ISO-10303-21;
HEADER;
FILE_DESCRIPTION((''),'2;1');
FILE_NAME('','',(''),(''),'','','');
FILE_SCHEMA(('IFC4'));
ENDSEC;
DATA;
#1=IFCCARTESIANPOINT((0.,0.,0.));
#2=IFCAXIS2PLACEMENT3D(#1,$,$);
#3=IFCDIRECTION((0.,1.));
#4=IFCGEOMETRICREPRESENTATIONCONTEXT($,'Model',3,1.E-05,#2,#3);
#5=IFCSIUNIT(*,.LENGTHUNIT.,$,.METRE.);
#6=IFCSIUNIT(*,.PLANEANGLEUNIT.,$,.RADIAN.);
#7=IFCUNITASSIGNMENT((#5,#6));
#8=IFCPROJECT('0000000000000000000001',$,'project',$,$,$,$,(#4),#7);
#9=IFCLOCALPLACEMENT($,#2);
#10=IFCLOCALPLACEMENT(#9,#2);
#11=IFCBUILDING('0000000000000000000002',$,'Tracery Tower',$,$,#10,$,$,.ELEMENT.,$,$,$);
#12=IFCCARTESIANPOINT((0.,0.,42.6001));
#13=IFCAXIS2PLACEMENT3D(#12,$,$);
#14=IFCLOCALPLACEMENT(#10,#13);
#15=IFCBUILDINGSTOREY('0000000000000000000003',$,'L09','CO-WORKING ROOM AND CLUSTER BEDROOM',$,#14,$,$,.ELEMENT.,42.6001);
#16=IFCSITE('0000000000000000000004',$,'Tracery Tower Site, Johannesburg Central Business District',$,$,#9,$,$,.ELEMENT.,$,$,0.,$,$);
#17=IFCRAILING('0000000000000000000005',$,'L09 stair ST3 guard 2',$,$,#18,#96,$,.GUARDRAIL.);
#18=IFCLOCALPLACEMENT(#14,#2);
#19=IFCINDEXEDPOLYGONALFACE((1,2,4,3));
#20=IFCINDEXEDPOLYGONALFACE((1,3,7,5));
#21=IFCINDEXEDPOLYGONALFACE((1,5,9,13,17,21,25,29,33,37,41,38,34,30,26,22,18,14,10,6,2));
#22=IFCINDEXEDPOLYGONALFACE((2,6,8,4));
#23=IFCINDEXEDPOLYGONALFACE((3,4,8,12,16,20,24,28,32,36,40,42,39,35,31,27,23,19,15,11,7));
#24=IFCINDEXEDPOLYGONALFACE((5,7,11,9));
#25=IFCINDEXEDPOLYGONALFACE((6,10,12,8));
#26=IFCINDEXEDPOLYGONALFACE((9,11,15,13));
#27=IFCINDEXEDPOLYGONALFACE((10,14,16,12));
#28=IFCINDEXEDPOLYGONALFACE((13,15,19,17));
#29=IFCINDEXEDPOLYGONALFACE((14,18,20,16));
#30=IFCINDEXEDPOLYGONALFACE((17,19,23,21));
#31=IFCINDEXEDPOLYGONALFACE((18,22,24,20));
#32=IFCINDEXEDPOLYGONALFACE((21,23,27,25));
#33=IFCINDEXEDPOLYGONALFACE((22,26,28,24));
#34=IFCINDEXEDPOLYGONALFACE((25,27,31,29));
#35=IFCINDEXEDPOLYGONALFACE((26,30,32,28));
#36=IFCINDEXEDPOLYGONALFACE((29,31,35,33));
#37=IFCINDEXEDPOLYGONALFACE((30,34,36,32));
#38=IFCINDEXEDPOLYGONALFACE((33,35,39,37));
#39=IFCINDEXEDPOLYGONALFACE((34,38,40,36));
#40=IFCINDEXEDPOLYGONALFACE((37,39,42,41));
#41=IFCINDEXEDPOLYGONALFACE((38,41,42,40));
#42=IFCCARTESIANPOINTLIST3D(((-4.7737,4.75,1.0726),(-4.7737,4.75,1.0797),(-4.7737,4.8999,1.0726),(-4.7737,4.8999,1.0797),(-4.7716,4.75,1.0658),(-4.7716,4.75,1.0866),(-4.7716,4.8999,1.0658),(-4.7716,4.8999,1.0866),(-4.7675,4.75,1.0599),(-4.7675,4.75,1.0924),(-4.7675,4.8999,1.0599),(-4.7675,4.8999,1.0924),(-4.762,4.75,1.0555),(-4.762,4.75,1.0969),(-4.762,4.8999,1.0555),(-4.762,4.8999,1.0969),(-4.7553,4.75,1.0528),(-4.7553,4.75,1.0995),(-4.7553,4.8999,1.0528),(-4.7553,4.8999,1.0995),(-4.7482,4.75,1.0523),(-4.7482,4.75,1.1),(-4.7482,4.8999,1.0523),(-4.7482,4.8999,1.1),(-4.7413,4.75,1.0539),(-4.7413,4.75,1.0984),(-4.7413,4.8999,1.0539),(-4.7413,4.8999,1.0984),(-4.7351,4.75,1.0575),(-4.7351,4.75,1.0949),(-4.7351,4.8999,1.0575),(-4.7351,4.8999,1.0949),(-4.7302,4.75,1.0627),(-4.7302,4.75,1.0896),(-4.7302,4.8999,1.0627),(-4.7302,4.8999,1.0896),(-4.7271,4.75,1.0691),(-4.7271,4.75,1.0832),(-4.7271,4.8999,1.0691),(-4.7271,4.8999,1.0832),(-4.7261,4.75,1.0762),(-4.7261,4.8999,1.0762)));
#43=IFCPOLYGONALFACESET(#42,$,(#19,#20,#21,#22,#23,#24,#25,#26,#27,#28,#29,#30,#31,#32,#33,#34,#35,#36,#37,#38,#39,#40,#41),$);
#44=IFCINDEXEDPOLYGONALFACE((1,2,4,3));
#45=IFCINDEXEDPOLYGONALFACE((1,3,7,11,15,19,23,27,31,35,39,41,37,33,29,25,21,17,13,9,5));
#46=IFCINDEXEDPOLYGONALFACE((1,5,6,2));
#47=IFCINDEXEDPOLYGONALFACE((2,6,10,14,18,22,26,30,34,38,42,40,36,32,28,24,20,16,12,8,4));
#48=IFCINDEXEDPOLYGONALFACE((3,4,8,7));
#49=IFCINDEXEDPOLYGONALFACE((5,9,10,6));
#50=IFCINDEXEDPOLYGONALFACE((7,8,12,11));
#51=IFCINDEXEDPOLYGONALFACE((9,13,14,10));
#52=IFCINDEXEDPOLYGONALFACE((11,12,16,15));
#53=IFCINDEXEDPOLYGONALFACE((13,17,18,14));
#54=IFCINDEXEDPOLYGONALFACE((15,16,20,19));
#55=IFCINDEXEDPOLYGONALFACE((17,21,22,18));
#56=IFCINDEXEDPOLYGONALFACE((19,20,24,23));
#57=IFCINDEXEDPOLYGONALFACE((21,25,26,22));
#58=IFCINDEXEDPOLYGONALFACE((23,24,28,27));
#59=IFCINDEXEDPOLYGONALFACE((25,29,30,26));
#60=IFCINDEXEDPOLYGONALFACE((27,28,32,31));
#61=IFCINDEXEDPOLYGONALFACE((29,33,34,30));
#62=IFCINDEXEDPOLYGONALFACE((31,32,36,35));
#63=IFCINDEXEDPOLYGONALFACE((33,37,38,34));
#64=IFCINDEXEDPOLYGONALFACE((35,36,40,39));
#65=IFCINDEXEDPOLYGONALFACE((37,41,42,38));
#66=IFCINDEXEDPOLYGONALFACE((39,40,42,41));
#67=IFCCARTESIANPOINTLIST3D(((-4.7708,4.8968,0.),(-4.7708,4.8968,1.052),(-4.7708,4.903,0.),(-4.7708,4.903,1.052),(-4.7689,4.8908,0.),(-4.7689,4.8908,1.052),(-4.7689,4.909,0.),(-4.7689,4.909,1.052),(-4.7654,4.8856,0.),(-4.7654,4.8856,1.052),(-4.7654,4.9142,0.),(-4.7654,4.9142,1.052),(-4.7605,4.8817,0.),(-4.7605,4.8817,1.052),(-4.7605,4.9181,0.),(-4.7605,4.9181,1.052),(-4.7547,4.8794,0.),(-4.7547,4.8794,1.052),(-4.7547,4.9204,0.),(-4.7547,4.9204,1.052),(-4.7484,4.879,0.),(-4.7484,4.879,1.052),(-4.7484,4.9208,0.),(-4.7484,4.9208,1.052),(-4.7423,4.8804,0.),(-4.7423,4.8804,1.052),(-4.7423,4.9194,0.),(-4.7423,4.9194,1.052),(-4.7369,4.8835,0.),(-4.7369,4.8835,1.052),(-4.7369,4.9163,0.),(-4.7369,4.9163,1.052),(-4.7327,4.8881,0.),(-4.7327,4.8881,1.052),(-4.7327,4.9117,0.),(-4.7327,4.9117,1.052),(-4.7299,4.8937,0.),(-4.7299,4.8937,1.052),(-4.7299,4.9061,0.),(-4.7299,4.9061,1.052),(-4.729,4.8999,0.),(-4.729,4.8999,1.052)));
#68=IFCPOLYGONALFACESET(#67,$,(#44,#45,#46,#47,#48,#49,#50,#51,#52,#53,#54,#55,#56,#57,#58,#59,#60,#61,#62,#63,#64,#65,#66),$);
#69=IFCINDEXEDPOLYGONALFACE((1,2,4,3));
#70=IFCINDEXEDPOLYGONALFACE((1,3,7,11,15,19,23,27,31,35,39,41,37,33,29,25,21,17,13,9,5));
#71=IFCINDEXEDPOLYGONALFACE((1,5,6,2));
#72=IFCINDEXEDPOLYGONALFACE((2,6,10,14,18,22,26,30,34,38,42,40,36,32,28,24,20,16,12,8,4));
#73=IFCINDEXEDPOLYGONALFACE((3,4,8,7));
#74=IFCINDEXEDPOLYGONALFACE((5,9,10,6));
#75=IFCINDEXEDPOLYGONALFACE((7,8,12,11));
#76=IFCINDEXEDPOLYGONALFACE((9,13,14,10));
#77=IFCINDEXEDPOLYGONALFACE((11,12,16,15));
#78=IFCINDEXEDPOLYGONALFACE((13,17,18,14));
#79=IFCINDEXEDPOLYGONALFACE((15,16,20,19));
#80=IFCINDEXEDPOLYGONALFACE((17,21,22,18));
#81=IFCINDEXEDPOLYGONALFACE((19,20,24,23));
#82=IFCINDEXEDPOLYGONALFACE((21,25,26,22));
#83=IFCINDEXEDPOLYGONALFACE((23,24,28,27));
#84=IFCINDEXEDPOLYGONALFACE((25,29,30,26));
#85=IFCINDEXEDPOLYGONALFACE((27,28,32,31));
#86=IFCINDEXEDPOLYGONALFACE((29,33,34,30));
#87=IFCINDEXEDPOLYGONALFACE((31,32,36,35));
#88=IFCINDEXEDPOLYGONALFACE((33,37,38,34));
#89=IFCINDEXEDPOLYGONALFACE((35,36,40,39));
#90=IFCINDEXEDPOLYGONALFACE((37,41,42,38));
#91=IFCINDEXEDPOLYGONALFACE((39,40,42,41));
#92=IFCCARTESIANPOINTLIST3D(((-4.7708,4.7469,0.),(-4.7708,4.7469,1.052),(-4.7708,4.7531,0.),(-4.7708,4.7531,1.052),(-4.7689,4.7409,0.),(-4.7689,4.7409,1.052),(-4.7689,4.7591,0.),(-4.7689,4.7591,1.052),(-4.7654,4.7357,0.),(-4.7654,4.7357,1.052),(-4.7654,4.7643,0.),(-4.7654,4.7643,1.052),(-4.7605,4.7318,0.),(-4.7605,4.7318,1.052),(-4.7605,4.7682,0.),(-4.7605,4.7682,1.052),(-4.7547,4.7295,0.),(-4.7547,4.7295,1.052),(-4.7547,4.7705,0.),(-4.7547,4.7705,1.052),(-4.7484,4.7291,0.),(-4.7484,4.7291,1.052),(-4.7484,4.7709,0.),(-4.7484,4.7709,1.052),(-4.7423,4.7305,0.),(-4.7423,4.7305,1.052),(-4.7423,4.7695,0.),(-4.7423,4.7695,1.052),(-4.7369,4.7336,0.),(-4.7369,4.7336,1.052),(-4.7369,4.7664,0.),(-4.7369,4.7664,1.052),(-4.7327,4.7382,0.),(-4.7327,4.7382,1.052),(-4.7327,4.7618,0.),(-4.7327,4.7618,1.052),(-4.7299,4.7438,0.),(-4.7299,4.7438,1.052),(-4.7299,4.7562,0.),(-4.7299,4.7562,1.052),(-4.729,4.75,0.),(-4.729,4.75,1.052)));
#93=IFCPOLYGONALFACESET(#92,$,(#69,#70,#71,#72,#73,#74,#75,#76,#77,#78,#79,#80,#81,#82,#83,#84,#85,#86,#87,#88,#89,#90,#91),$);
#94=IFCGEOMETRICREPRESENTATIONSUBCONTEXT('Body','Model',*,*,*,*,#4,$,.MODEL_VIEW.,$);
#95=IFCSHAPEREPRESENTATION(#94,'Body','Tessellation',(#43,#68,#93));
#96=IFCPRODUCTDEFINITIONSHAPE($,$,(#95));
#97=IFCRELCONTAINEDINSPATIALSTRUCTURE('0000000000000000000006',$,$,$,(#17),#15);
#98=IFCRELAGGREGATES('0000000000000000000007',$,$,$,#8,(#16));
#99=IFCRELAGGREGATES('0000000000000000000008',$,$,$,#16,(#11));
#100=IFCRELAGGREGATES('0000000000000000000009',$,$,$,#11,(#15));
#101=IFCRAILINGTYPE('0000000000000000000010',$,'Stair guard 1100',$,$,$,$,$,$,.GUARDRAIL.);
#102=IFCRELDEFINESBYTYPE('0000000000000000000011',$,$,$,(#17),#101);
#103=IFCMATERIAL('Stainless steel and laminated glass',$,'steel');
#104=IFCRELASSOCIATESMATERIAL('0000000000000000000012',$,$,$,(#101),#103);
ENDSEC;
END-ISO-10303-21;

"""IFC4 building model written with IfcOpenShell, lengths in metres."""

from ifc_helpers import new_model, si_unit, direction, frame, origin, origin_2d, place, context, subcontext, project, spatial, circle, extrude, material, type_object, element, save


model = new_model("IFC4")

# Units and contexts
model_context = context("Model", 3, precision=1e-05, world=origin(), true_north=direction((0.0, 1.0)))
body_context = subcontext(model_context, "Body", "Model", "MODEL_VIEW")
ifc_project = project(units=[si_unit("LENGTHUNIT", "METRE"), si_unit("PLANEANGLEUNIT", "RADIAN")], contexts=[model_context])

# Site, building, storey
site_placement = place(None, origin())
site = spatial("IfcSite", under=ifc_project, at=site_placement, Name="Tracery Tower Site, Johannesburg Central Business District", CompositionType="ELEMENT", RefElevation=0.0)
building_placement = place(site_placement, origin())
building = spatial("IfcBuilding", under=site, at=building_placement, Name="Tracery Tower", CompositionType="ELEMENT")
storey_placement = place(building_placement, frame((0.0, 0.0, 42.6001)))
storey = spatial("IfcBuildingStorey", under=building, at=storey_placement, Name="L09", Description="CO-WORKING ROOM AND CLUSTER BEDROOM", CompositionType="ELEMENT", Elevation=42.6001)

# Railing
ifc_material_1 = material(Name="Stainless steel and laminated glass", Category="steel")
railing_type_1 = type_object("IfcRailingType", Name="Stair guard 1100", PredefinedType="GUARDRAIL", material=ifc_material_1)
railing_1_placement = place(storey_placement, frame((-4.75, 4.8999, 0.0)))
element("IfcRailing", 1, at=railing_1_placement, inside=storey, type_object=railing_type_1, Name="L09 stair ST3 guard 2", PredefinedType="GUARDRAIL", context=body_context, shape_type="SweptSolid", body=[
    extrude(circle(Radius=0.0239, at=origin_2d()), frame((0.0, 0.0, 1.0762), z_axis=(0.0, -1.0, 0.0), x_axis=(1.0, 0.0, 0.0)), (0.0, 0.0, 1.0), 0.1499),
    extrude(circle(Radius=0.021, at=origin_2d()), origin(), (0.0, 0.0, 1.0), 1.052),
    extrude(circle(Radius=0.021, at=origin_2d()), frame((0.0, -0.1499, 0.0)), (0.0, 0.0, 1.0), 1.052),
])

save(model, "model.ifc")
